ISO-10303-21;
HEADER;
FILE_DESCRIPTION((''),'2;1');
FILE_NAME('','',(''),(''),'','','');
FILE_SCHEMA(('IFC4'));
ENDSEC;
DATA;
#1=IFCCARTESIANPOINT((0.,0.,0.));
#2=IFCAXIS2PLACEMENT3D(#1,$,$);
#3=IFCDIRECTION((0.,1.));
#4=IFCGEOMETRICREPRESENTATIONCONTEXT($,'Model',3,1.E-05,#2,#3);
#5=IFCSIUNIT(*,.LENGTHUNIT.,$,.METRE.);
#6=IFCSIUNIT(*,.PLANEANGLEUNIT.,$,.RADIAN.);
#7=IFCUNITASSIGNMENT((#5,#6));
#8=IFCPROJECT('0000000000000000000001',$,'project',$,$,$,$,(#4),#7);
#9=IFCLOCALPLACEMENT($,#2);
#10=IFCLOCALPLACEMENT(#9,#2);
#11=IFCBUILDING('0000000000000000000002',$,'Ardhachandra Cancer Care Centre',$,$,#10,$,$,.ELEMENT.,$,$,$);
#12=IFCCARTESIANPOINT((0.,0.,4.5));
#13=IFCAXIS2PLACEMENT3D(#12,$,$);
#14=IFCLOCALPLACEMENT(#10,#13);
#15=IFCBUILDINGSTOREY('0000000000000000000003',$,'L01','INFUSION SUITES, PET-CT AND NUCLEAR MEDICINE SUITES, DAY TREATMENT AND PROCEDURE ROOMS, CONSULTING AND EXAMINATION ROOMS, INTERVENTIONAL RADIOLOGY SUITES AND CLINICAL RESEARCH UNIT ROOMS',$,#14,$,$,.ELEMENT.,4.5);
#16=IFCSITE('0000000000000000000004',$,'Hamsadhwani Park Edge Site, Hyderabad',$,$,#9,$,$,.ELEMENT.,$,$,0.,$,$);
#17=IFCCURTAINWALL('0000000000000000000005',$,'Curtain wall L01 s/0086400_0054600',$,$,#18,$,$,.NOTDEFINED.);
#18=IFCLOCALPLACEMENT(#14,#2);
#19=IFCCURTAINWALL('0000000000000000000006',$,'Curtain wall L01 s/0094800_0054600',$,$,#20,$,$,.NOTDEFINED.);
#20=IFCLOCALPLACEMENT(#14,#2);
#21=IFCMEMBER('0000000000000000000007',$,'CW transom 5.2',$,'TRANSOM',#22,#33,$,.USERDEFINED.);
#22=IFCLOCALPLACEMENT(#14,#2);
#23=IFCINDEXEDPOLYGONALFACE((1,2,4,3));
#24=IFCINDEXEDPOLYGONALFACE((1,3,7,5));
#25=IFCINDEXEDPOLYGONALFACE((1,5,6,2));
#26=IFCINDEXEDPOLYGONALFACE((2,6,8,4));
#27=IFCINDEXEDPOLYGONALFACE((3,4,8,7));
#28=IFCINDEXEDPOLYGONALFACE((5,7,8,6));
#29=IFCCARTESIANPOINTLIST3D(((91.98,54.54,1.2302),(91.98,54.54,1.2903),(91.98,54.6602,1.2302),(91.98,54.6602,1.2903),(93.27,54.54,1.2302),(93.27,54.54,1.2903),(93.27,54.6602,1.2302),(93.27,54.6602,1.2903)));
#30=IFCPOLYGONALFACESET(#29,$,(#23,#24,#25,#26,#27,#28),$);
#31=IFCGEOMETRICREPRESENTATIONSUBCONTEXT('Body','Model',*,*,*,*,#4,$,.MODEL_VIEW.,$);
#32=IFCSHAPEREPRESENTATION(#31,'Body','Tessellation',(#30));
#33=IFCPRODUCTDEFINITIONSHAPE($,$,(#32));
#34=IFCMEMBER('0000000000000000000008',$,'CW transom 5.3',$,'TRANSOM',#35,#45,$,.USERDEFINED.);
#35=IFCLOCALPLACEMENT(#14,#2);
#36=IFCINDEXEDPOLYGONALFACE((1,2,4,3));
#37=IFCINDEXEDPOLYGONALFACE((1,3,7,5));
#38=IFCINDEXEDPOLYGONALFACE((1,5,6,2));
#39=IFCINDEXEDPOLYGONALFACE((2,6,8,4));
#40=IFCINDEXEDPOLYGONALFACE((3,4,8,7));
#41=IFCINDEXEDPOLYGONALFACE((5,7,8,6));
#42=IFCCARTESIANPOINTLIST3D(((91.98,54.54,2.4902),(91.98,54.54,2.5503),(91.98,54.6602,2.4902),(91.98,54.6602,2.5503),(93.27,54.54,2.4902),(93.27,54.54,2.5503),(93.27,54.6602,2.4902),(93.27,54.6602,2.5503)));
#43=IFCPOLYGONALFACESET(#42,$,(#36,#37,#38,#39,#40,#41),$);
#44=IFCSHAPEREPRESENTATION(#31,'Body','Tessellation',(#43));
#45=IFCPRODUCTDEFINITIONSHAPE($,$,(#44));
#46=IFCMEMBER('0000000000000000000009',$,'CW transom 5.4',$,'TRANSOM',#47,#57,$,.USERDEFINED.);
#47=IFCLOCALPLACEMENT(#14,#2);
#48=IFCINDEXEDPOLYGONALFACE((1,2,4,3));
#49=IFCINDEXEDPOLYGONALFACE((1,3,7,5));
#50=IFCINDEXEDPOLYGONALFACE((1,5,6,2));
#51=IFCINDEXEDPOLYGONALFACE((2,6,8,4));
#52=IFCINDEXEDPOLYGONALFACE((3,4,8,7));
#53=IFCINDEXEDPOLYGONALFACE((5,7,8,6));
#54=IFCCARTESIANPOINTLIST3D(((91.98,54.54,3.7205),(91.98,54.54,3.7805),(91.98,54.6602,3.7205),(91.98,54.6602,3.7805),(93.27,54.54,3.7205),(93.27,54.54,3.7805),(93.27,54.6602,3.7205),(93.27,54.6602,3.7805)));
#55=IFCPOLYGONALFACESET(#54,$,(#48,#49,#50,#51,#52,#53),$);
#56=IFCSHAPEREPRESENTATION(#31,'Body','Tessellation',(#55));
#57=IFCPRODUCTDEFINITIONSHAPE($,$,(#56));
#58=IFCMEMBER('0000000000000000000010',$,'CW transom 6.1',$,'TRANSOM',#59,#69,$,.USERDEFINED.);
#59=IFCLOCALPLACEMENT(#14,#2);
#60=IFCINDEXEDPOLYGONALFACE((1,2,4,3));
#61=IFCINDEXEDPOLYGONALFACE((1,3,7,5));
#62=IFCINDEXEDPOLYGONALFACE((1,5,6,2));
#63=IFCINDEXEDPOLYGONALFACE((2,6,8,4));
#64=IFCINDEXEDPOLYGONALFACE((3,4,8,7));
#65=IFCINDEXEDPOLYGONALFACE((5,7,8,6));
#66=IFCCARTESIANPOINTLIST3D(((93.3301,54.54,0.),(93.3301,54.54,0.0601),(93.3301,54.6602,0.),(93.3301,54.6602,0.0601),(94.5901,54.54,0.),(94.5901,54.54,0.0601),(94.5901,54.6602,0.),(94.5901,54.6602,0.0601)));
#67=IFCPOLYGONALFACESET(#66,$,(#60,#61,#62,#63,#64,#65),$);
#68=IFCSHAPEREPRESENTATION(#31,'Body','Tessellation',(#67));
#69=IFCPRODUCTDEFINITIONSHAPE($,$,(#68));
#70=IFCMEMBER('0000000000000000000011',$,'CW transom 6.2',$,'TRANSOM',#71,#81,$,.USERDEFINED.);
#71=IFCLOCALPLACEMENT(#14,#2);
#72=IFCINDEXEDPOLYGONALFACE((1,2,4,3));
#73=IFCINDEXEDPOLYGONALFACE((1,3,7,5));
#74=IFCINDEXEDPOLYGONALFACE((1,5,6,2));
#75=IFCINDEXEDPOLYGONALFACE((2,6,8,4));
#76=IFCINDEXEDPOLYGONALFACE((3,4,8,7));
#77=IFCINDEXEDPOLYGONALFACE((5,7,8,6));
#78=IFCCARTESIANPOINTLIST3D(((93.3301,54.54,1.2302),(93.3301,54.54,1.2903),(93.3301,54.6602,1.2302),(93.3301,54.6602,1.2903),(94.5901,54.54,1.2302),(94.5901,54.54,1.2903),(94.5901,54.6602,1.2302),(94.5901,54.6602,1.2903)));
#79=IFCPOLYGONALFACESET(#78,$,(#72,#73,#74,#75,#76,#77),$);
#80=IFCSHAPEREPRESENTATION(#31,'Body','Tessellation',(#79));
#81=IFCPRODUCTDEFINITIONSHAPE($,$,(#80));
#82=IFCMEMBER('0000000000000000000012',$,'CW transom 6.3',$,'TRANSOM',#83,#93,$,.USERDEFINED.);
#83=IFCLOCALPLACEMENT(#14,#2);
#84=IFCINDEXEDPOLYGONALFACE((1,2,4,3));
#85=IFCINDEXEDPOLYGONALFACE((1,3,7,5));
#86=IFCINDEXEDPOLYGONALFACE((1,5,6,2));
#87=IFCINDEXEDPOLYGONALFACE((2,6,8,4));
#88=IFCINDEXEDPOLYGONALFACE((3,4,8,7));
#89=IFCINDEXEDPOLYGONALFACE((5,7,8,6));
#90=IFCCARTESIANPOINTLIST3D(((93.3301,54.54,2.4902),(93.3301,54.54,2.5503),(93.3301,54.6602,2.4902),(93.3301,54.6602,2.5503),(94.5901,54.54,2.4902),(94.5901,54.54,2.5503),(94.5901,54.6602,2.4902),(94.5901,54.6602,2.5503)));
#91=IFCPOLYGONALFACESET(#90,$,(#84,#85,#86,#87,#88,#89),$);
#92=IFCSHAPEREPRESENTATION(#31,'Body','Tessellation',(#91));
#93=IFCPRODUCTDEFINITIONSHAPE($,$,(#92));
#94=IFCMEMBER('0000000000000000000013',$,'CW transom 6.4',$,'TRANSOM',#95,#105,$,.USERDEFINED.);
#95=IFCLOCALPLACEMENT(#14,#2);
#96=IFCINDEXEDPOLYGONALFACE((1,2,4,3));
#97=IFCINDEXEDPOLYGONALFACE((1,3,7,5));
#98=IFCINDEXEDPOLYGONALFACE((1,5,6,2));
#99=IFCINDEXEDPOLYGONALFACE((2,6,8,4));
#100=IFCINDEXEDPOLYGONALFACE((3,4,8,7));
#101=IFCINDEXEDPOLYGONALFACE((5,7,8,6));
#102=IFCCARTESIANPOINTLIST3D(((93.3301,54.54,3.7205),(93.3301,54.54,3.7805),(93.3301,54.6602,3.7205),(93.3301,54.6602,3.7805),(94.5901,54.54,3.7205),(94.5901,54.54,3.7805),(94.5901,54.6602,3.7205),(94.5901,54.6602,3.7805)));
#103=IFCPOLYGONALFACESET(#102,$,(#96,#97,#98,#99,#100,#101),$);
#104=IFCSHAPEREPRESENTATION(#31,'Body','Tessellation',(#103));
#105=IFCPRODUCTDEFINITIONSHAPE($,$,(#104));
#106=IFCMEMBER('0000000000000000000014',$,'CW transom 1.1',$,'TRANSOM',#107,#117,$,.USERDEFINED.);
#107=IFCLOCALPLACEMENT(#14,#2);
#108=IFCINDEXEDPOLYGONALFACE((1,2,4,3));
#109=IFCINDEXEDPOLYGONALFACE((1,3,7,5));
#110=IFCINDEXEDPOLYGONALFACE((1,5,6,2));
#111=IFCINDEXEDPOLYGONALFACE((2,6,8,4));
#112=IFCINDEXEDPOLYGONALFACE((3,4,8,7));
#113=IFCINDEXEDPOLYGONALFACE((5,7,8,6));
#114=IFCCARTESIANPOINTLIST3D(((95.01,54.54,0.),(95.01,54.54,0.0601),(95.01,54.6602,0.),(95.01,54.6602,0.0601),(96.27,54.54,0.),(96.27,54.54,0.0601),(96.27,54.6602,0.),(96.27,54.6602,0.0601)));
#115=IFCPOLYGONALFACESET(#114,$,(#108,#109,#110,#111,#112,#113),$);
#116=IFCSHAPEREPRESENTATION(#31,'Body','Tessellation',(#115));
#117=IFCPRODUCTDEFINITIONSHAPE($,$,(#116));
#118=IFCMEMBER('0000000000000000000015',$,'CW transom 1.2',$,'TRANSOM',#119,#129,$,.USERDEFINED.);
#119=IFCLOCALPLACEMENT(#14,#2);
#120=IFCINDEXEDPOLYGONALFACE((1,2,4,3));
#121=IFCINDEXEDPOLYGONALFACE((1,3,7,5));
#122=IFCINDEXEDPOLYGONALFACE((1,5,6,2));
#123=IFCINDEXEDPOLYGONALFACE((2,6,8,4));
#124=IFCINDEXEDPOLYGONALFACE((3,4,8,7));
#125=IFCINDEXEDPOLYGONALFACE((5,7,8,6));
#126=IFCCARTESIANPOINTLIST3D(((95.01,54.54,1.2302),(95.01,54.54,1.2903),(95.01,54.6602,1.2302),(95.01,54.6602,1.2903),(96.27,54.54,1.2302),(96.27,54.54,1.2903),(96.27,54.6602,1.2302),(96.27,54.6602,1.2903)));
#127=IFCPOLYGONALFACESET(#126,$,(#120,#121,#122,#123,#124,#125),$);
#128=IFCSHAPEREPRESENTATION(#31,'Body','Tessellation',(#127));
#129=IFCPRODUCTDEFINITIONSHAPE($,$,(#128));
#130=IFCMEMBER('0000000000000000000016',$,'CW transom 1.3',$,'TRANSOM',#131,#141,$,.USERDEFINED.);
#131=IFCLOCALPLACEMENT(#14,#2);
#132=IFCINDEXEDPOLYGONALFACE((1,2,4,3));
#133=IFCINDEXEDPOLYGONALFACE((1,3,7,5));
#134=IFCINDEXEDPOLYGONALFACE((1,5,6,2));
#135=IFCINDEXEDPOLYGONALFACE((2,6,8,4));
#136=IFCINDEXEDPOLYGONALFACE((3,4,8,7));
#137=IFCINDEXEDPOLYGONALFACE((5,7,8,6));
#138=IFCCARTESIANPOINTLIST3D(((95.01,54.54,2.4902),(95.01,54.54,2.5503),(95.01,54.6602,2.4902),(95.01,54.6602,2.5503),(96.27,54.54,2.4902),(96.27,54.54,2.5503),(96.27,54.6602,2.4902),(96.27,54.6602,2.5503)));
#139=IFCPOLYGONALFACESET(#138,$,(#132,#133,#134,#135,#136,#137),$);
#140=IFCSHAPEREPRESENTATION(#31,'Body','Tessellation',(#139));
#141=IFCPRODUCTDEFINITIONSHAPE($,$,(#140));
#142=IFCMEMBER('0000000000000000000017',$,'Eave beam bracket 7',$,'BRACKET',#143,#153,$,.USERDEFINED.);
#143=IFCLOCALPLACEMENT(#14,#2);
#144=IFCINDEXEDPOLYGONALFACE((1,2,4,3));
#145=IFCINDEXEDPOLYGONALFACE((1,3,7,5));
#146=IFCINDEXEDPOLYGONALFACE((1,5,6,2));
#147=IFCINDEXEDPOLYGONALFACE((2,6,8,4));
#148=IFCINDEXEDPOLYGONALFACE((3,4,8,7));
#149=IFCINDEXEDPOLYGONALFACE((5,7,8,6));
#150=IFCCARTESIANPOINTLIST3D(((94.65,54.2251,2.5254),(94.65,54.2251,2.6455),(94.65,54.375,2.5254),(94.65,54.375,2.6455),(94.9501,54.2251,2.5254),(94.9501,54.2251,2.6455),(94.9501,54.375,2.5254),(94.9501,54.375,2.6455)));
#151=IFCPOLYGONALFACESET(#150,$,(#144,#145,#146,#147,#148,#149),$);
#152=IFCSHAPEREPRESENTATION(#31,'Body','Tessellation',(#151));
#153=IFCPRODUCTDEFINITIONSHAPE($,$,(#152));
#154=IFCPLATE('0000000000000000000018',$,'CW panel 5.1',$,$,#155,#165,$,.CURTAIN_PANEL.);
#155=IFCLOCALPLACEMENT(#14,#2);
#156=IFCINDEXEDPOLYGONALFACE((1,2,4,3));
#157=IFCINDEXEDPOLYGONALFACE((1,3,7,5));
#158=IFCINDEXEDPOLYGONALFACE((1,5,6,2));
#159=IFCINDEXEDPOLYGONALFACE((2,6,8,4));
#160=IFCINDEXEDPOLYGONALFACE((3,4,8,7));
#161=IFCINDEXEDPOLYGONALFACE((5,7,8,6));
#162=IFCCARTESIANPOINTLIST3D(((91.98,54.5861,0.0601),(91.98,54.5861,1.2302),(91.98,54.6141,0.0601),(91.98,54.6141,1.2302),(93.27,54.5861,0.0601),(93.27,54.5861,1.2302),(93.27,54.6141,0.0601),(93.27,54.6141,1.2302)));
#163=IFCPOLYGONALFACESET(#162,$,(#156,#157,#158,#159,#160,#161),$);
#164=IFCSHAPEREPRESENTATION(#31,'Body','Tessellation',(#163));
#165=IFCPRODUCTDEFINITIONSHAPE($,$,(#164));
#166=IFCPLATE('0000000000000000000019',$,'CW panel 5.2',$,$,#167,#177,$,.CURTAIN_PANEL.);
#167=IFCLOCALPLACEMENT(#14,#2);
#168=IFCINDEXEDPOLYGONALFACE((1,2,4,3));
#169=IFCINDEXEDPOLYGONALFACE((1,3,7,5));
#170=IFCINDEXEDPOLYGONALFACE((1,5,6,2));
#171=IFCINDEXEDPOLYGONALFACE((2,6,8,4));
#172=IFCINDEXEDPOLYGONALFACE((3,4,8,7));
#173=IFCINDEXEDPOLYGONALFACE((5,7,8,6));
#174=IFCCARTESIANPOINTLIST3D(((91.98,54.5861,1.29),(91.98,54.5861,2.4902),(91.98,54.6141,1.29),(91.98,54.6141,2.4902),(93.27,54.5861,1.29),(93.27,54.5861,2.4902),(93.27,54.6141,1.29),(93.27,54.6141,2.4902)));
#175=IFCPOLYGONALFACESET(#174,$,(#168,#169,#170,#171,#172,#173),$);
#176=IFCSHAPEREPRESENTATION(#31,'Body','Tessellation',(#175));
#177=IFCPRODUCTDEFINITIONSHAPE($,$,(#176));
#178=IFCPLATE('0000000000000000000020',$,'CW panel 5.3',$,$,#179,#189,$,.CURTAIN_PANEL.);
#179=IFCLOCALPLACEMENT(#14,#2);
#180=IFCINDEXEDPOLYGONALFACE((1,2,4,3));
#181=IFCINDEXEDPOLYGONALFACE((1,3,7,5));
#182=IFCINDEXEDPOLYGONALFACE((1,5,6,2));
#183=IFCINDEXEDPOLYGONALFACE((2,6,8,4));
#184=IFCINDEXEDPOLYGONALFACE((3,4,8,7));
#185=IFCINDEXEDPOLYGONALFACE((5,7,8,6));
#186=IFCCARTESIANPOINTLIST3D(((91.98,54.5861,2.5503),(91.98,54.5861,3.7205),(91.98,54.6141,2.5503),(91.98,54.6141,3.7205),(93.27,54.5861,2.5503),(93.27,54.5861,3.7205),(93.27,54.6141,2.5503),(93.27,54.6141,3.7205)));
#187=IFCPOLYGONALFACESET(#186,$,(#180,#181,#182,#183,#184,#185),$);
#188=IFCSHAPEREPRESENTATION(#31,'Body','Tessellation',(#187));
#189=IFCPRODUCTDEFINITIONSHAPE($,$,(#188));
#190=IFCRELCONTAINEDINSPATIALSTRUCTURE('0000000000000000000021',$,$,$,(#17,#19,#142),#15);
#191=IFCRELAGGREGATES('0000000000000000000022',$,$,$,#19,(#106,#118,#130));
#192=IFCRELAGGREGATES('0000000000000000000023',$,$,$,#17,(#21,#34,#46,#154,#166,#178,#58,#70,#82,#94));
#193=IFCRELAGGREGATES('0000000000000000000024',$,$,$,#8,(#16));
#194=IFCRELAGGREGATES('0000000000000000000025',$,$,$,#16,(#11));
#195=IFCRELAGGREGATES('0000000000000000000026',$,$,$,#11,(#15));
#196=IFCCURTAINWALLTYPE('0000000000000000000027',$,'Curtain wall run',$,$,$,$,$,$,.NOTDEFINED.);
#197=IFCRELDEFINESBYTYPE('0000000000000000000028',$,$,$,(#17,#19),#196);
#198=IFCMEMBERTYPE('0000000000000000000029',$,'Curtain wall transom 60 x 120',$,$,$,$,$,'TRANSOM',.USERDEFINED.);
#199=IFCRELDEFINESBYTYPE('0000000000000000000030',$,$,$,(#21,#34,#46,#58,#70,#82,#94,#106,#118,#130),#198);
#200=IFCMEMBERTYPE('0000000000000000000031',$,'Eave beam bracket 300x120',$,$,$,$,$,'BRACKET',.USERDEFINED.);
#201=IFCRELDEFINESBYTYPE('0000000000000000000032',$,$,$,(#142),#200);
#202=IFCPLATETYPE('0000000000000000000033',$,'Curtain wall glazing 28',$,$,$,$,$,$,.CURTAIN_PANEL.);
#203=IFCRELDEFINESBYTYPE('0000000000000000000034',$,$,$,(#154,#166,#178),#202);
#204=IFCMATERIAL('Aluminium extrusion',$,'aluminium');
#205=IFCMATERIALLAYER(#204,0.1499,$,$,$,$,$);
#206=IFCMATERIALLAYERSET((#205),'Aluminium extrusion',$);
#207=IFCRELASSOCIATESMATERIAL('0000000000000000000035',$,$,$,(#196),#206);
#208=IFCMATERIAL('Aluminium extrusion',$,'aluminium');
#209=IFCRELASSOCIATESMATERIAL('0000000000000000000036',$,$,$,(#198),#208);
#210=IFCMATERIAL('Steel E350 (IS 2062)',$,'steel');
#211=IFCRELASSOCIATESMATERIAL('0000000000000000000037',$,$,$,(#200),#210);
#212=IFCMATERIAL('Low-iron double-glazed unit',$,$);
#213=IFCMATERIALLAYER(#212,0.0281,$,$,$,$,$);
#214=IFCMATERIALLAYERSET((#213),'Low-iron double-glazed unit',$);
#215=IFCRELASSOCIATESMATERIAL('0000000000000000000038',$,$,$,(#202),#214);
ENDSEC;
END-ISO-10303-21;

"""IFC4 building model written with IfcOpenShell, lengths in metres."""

from ifc_helpers import new_model, si_unit, direction, frame, origin, origin_2d, place, context, subcontext, project, spatial, rectangle, extrude, material, layer, layer_set, material_profile, profile_set, type_object, element, aggregate, save


model = new_model("IFC4")

# Units and contexts
model_context = context("Model", 3, precision=1e-05, world=origin(), true_north=direction((0.0, 1.0)))
body_context = subcontext(model_context, "Body", "Model", "MODEL_VIEW")
ifc_project = project(units=[si_unit("LENGTHUNIT", "METRE"), si_unit("PLANEANGLEUNIT", "RADIAN")], contexts=[model_context])

# Site, building, storey
site_placement = place(None, origin())
site = spatial("IfcSite", under=ifc_project, at=site_placement, Name="Hamsadhwani Park Edge Site, Hyderabad", CompositionType="ELEMENT", RefElevation=0.0)
building_placement = place(site_placement, origin())
building = spatial("IfcBuilding", under=site, at=building_placement, Name="Ardhachandra Cancer Care Centre", CompositionType="ELEMENT")
storey_placement = place(building_placement, frame((0.0, 0.0, 4.5)))
storey = spatial("IfcBuildingStorey", under=building, at=storey_placement, Name="L01", Description="INFUSION SUITES, PET-CT AND NUCLEAR MEDICINE SUITES, DAY TREATMENT AND PROCEDURE ROOMS, CONSULTING AND EXAMINATION ROOMS, INTERVENTIONAL RADIOLOGY SUITES AND CLINICAL RESEARCH UNIT ROOMS", CompositionType="ELEMENT", Elevation=4.5)

# Curtain wall
ifc_material_1 = material(Name="Aluminium extrusion", Category="aluminium")
ifc_layer_1 = layer(ifc_material_1, 0.1499)
ifc_layer_set_1 = layer_set([ifc_layer_1], Name="Aluminium extrusion")
curtain_wall_type = type_object("IfcCurtainWallType", Name="Curtain wall run", PredefinedType="NOTDEFINED", material=ifc_layer_set_1)
curtain_wall_1_placement = place(storey_placement, origin())
curtain_wall_1 = element("IfcCurtainWall", 1, at=curtain_wall_1_placement, inside=storey, type_object=curtain_wall_type, Name="Curtain wall L01 s/0086400_0054600", PredefinedType="NOTDEFINED")

# Curtain wall
curtain_wall_2_placement = place(storey_placement, origin())
curtain_wall_2 = element("IfcCurtainWall", 2, at=curtain_wall_2_placement, inside=storey, type_object=curtain_wall_type, Name="Curtain wall L01 s/0094800_0054600", PredefinedType="NOTDEFINED")

# Members
ifc_material_2 = material(Name="Aluminium extrusion", Category="aluminium")
ifc_material_profile_1 = material_profile(ifc_material_2, rectangle(XDim=0.1201, YDim=0.0601, at=origin_2d()), Name="Curtain wall transom 60 x 120")
ifc_profile_set_1 = profile_set([ifc_material_profile_1], Name="Aluminium extrusion")
member_type_1 = type_object("IfcMemberType", Name="Curtain wall transom 60 x 120", ElementType="TRANSOM", PredefinedType="USERDEFINED", material=ifc_profile_set_1)
member_1_placement = place(storey_placement, frame((91.98, 54.6001, 1.2603), z_axis=(1.0, 0.0, 0.0), x_axis=(0.0, 1.0, 0.0)))
member_1 = element("IfcMember", 3, at=member_1_placement, type_object=member_type_1, Name="CW transom 5.2", ObjectType="TRANSOM", PredefinedType="USERDEFINED", context=body_context, shape_type="SweptSolid", body=[
    extrude(rectangle(XDim=0.1201, YDim=0.0601, at=origin_2d()), origin(), (0.0, 0.0, 1.0), 1.29),
])
member_2_placement = place(storey_placement, frame((91.98, 54.6001, 2.5203), z_axis=(1.0, 0.0, 0.0), x_axis=(0.0, 1.0, 0.0)))
member_2 = element("IfcMember", 4, at=member_2_placement, type_object=member_type_1, Name="CW transom 5.3", ObjectType="TRANSOM", PredefinedType="USERDEFINED", context=body_context, shape_type="SweptSolid", body=[
    extrude(rectangle(XDim=0.1201, YDim=0.0601, at=origin_2d()), origin(), (0.0, 0.0, 1.0), 1.29),
])
member_3_placement = place(storey_placement, frame((91.98, 54.6001, 3.7505), z_axis=(1.0, 0.0, 0.0), x_axis=(0.0, 1.0, 0.0)))
member_3 = element("IfcMember", 5, at=member_3_placement, type_object=member_type_1, Name="CW transom 5.4", ObjectType="TRANSOM", PredefinedType="USERDEFINED", context=body_context, shape_type="SweptSolid", body=[
    extrude(rectangle(XDim=0.1201, YDim=0.0601, at=origin_2d()), origin(), (0.0, 0.0, 1.0), 1.29),
])
member_4_placement = place(storey_placement, frame((93.3301, 54.6001, 0.03), z_axis=(1.0, 0.0, 0.0), x_axis=(0.0, 1.0, 0.0)))
member_4 = element("IfcMember", 6, at=member_4_placement, type_object=member_type_1, Name="CW transom 6.1", ObjectType="TRANSOM", PredefinedType="USERDEFINED", context=body_context, shape_type="SweptSolid", body=[
    extrude(rectangle(XDim=0.1201, YDim=0.0601, at=origin_2d()), origin(), (0.0, 0.0, 1.0), 1.26),
])
member_5_placement = place(storey_placement, frame((93.3301, 54.6001, 1.2603), z_axis=(1.0, 0.0, 0.0), x_axis=(0.0, 1.0, 0.0)))
member_5 = element("IfcMember", 7, at=member_5_placement, type_object=member_type_1, Name="CW transom 6.2", ObjectType="TRANSOM", PredefinedType="USERDEFINED", context=body_context, shape_type="SweptSolid", body=[
    extrude(rectangle(XDim=0.1201, YDim=0.0601, at=origin_2d()), origin(), (0.0, 0.0, 1.0), 1.26),
])
member_6_placement = place(storey_placement, frame((93.3301, 54.6001, 2.5203), z_axis=(1.0, 0.0, 0.0), x_axis=(0.0, 1.0, 0.0)))
member_6 = element("IfcMember", 8, at=member_6_placement, type_object=member_type_1, Name="CW transom 6.3", ObjectType="TRANSOM", PredefinedType="USERDEFINED", context=body_context, shape_type="SweptSolid", body=[
    extrude(rectangle(XDim=0.1201, YDim=0.0601, at=origin_2d()), origin(), (0.0, 0.0, 1.0), 1.26),
])
member_7_placement = place(storey_placement, frame((93.3301, 54.6001, 3.7505), z_axis=(1.0, 0.0, 0.0), x_axis=(0.0, 1.0, 0.0)))
member_7 = element("IfcMember", 9, at=member_7_placement, type_object=member_type_1, Name="CW transom 6.4", ObjectType="TRANSOM", PredefinedType="USERDEFINED", context=body_context, shape_type="SweptSolid", body=[
    extrude(rectangle(XDim=0.1201, YDim=0.0601, at=origin_2d()), origin(), (0.0, 0.0, 1.0), 1.26),
])
member_8_placement = place(storey_placement, frame((95.01, 54.6001, 0.03), z_axis=(1.0, 0.0, 0.0), x_axis=(0.0, 1.0, 0.0)))
member_8 = element("IfcMember", 10, at=member_8_placement, type_object=member_type_1, Name="CW transom 1.1", ObjectType="TRANSOM", PredefinedType="USERDEFINED", context=body_context, shape_type="SweptSolid", body=[
    extrude(rectangle(XDim=0.1201, YDim=0.0601, at=origin_2d()), origin(), (0.0, 0.0, 1.0), 1.26),
])
member_9_placement = place(storey_placement, frame((95.01, 54.6001, 1.2603), z_axis=(1.0, 0.0, 0.0), x_axis=(0.0, 1.0, 0.0)))
member_9 = element("IfcMember", 11, at=member_9_placement, type_object=member_type_1, Name="CW transom 1.2", ObjectType="TRANSOM", PredefinedType="USERDEFINED", context=body_context, shape_type="SweptSolid", body=[
    extrude(rectangle(XDim=0.1201, YDim=0.0601, at=origin_2d()), origin(), (0.0, 0.0, 1.0), 1.26),
])
member_10_placement = place(storey_placement, frame((95.01, 54.6001, 2.5203), z_axis=(1.0, 0.0, 0.0), x_axis=(0.0, 1.0, 0.0)))
member_10 = element("IfcMember", 12, at=member_10_placement, type_object=member_type_1, Name="CW transom 1.3", ObjectType="TRANSOM", PredefinedType="USERDEFINED", context=body_context, shape_type="SweptSolid", body=[
    extrude(rectangle(XDim=0.1201, YDim=0.0601, at=origin_2d()), origin(), (0.0, 0.0, 1.0), 1.26),
])
aggregate(curtain_wall_2, [member_8, member_9, member_10])
ifc_material_3 = material(Name="Steel E350 (IS 2062)", Category="steel")
ifc_material_profile_2 = material_profile(ifc_material_3, rectangle(XDim=0.3, YDim=0.1201, at=origin_2d()), Name="PL 300x120")
ifc_profile_set_2 = profile_set([ifc_material_profile_2], Name="Steel E350 (IS 2062)")
member_type_2 = type_object("IfcMemberType", Name="Eave beam bracket 300x120", ElementType="BRACKET", PredefinedType="USERDEFINED", material=ifc_profile_set_2)
member_11_placement = place(storey_placement, frame((94.8, 54.2251, 2.5854), z_axis=(0.0, 1.0, 0.0), x_axis=(-1.0, 0.0, 0.0)))
element("IfcMember", 13, at=member_11_placement, inside=storey, type_object=member_type_2, Name="Eave beam bracket 7", ObjectType="BRACKET", PredefinedType="USERDEFINED", context=body_context, shape_type="SweptSolid", body=[
    extrude(rectangle(XDim=0.3, YDim=0.1201, at=origin_2d()), origin(), (0.0, 0.0, 1.0), 0.1499),
])

# Plates
ifc_material_4 = material(Name="Low-iron double-glazed unit")
ifc_layer_2 = layer(ifc_material_4, 0.0281)
ifc_layer_set_2 = layer_set([ifc_layer_2], Name="Low-iron double-glazed unit")
plate_type = type_object("IfcPlateType", Name="Curtain wall glazing 28", PredefinedType="CURTAIN_PANEL", material=ifc_layer_set_2)
plate_1_placement = place(storey_placement, frame((92.625, 54.6001, 0.0601), z_axis=(0.0, 0.0, 1.0), x_axis=(1.0, 0.0, 0.0)))
plate_1 = element("IfcPlate", 14, at=plate_1_placement, type_object=plate_type, Name="CW panel 5.1", PredefinedType="CURTAIN_PANEL", context=body_context, shape_type="SweptSolid", body=[
    extrude(rectangle(XDim=1.29, YDim=0.0281, at=origin_2d()), origin(), (0.0, 0.0, 1.0), 1.1702),
])
plate_2_placement = place(storey_placement, frame((92.625, 54.6001, 1.29), z_axis=(0.0, 0.0, 1.0), x_axis=(1.0, 0.0, 0.0)))
plate_2 = element("IfcPlate", 15, at=plate_2_placement, type_object=plate_type, Name="CW panel 5.2", PredefinedType="CURTAIN_PANEL", context=body_context, shape_type="SweptSolid", body=[
    extrude(rectangle(XDim=1.29, YDim=0.0281, at=origin_2d()), origin(), (0.0, 0.0, 1.0), 1.2002),
])
plate_3_placement = place(storey_placement, frame((92.625, 54.6001, 2.5503), z_axis=(0.0, 0.0, 1.0), x_axis=(1.0, 0.0, 0.0)))
plate_3 = element("IfcPlate", 16, at=plate_3_placement, type_object=plate_type, Name="CW panel 5.3", PredefinedType="CURTAIN_PANEL", context=body_context, shape_type="SweptSolid", body=[
    extrude(rectangle(XDim=1.29, YDim=0.0281, at=origin_2d()), origin(), (0.0, 0.0, 1.0), 1.1702),
])
aggregate(curtain_wall_1, [member_1, member_2, member_3, plate_1, plate_2, plate_3, member_4, member_5, member_6, member_7])

save(model, "model.ifc")
